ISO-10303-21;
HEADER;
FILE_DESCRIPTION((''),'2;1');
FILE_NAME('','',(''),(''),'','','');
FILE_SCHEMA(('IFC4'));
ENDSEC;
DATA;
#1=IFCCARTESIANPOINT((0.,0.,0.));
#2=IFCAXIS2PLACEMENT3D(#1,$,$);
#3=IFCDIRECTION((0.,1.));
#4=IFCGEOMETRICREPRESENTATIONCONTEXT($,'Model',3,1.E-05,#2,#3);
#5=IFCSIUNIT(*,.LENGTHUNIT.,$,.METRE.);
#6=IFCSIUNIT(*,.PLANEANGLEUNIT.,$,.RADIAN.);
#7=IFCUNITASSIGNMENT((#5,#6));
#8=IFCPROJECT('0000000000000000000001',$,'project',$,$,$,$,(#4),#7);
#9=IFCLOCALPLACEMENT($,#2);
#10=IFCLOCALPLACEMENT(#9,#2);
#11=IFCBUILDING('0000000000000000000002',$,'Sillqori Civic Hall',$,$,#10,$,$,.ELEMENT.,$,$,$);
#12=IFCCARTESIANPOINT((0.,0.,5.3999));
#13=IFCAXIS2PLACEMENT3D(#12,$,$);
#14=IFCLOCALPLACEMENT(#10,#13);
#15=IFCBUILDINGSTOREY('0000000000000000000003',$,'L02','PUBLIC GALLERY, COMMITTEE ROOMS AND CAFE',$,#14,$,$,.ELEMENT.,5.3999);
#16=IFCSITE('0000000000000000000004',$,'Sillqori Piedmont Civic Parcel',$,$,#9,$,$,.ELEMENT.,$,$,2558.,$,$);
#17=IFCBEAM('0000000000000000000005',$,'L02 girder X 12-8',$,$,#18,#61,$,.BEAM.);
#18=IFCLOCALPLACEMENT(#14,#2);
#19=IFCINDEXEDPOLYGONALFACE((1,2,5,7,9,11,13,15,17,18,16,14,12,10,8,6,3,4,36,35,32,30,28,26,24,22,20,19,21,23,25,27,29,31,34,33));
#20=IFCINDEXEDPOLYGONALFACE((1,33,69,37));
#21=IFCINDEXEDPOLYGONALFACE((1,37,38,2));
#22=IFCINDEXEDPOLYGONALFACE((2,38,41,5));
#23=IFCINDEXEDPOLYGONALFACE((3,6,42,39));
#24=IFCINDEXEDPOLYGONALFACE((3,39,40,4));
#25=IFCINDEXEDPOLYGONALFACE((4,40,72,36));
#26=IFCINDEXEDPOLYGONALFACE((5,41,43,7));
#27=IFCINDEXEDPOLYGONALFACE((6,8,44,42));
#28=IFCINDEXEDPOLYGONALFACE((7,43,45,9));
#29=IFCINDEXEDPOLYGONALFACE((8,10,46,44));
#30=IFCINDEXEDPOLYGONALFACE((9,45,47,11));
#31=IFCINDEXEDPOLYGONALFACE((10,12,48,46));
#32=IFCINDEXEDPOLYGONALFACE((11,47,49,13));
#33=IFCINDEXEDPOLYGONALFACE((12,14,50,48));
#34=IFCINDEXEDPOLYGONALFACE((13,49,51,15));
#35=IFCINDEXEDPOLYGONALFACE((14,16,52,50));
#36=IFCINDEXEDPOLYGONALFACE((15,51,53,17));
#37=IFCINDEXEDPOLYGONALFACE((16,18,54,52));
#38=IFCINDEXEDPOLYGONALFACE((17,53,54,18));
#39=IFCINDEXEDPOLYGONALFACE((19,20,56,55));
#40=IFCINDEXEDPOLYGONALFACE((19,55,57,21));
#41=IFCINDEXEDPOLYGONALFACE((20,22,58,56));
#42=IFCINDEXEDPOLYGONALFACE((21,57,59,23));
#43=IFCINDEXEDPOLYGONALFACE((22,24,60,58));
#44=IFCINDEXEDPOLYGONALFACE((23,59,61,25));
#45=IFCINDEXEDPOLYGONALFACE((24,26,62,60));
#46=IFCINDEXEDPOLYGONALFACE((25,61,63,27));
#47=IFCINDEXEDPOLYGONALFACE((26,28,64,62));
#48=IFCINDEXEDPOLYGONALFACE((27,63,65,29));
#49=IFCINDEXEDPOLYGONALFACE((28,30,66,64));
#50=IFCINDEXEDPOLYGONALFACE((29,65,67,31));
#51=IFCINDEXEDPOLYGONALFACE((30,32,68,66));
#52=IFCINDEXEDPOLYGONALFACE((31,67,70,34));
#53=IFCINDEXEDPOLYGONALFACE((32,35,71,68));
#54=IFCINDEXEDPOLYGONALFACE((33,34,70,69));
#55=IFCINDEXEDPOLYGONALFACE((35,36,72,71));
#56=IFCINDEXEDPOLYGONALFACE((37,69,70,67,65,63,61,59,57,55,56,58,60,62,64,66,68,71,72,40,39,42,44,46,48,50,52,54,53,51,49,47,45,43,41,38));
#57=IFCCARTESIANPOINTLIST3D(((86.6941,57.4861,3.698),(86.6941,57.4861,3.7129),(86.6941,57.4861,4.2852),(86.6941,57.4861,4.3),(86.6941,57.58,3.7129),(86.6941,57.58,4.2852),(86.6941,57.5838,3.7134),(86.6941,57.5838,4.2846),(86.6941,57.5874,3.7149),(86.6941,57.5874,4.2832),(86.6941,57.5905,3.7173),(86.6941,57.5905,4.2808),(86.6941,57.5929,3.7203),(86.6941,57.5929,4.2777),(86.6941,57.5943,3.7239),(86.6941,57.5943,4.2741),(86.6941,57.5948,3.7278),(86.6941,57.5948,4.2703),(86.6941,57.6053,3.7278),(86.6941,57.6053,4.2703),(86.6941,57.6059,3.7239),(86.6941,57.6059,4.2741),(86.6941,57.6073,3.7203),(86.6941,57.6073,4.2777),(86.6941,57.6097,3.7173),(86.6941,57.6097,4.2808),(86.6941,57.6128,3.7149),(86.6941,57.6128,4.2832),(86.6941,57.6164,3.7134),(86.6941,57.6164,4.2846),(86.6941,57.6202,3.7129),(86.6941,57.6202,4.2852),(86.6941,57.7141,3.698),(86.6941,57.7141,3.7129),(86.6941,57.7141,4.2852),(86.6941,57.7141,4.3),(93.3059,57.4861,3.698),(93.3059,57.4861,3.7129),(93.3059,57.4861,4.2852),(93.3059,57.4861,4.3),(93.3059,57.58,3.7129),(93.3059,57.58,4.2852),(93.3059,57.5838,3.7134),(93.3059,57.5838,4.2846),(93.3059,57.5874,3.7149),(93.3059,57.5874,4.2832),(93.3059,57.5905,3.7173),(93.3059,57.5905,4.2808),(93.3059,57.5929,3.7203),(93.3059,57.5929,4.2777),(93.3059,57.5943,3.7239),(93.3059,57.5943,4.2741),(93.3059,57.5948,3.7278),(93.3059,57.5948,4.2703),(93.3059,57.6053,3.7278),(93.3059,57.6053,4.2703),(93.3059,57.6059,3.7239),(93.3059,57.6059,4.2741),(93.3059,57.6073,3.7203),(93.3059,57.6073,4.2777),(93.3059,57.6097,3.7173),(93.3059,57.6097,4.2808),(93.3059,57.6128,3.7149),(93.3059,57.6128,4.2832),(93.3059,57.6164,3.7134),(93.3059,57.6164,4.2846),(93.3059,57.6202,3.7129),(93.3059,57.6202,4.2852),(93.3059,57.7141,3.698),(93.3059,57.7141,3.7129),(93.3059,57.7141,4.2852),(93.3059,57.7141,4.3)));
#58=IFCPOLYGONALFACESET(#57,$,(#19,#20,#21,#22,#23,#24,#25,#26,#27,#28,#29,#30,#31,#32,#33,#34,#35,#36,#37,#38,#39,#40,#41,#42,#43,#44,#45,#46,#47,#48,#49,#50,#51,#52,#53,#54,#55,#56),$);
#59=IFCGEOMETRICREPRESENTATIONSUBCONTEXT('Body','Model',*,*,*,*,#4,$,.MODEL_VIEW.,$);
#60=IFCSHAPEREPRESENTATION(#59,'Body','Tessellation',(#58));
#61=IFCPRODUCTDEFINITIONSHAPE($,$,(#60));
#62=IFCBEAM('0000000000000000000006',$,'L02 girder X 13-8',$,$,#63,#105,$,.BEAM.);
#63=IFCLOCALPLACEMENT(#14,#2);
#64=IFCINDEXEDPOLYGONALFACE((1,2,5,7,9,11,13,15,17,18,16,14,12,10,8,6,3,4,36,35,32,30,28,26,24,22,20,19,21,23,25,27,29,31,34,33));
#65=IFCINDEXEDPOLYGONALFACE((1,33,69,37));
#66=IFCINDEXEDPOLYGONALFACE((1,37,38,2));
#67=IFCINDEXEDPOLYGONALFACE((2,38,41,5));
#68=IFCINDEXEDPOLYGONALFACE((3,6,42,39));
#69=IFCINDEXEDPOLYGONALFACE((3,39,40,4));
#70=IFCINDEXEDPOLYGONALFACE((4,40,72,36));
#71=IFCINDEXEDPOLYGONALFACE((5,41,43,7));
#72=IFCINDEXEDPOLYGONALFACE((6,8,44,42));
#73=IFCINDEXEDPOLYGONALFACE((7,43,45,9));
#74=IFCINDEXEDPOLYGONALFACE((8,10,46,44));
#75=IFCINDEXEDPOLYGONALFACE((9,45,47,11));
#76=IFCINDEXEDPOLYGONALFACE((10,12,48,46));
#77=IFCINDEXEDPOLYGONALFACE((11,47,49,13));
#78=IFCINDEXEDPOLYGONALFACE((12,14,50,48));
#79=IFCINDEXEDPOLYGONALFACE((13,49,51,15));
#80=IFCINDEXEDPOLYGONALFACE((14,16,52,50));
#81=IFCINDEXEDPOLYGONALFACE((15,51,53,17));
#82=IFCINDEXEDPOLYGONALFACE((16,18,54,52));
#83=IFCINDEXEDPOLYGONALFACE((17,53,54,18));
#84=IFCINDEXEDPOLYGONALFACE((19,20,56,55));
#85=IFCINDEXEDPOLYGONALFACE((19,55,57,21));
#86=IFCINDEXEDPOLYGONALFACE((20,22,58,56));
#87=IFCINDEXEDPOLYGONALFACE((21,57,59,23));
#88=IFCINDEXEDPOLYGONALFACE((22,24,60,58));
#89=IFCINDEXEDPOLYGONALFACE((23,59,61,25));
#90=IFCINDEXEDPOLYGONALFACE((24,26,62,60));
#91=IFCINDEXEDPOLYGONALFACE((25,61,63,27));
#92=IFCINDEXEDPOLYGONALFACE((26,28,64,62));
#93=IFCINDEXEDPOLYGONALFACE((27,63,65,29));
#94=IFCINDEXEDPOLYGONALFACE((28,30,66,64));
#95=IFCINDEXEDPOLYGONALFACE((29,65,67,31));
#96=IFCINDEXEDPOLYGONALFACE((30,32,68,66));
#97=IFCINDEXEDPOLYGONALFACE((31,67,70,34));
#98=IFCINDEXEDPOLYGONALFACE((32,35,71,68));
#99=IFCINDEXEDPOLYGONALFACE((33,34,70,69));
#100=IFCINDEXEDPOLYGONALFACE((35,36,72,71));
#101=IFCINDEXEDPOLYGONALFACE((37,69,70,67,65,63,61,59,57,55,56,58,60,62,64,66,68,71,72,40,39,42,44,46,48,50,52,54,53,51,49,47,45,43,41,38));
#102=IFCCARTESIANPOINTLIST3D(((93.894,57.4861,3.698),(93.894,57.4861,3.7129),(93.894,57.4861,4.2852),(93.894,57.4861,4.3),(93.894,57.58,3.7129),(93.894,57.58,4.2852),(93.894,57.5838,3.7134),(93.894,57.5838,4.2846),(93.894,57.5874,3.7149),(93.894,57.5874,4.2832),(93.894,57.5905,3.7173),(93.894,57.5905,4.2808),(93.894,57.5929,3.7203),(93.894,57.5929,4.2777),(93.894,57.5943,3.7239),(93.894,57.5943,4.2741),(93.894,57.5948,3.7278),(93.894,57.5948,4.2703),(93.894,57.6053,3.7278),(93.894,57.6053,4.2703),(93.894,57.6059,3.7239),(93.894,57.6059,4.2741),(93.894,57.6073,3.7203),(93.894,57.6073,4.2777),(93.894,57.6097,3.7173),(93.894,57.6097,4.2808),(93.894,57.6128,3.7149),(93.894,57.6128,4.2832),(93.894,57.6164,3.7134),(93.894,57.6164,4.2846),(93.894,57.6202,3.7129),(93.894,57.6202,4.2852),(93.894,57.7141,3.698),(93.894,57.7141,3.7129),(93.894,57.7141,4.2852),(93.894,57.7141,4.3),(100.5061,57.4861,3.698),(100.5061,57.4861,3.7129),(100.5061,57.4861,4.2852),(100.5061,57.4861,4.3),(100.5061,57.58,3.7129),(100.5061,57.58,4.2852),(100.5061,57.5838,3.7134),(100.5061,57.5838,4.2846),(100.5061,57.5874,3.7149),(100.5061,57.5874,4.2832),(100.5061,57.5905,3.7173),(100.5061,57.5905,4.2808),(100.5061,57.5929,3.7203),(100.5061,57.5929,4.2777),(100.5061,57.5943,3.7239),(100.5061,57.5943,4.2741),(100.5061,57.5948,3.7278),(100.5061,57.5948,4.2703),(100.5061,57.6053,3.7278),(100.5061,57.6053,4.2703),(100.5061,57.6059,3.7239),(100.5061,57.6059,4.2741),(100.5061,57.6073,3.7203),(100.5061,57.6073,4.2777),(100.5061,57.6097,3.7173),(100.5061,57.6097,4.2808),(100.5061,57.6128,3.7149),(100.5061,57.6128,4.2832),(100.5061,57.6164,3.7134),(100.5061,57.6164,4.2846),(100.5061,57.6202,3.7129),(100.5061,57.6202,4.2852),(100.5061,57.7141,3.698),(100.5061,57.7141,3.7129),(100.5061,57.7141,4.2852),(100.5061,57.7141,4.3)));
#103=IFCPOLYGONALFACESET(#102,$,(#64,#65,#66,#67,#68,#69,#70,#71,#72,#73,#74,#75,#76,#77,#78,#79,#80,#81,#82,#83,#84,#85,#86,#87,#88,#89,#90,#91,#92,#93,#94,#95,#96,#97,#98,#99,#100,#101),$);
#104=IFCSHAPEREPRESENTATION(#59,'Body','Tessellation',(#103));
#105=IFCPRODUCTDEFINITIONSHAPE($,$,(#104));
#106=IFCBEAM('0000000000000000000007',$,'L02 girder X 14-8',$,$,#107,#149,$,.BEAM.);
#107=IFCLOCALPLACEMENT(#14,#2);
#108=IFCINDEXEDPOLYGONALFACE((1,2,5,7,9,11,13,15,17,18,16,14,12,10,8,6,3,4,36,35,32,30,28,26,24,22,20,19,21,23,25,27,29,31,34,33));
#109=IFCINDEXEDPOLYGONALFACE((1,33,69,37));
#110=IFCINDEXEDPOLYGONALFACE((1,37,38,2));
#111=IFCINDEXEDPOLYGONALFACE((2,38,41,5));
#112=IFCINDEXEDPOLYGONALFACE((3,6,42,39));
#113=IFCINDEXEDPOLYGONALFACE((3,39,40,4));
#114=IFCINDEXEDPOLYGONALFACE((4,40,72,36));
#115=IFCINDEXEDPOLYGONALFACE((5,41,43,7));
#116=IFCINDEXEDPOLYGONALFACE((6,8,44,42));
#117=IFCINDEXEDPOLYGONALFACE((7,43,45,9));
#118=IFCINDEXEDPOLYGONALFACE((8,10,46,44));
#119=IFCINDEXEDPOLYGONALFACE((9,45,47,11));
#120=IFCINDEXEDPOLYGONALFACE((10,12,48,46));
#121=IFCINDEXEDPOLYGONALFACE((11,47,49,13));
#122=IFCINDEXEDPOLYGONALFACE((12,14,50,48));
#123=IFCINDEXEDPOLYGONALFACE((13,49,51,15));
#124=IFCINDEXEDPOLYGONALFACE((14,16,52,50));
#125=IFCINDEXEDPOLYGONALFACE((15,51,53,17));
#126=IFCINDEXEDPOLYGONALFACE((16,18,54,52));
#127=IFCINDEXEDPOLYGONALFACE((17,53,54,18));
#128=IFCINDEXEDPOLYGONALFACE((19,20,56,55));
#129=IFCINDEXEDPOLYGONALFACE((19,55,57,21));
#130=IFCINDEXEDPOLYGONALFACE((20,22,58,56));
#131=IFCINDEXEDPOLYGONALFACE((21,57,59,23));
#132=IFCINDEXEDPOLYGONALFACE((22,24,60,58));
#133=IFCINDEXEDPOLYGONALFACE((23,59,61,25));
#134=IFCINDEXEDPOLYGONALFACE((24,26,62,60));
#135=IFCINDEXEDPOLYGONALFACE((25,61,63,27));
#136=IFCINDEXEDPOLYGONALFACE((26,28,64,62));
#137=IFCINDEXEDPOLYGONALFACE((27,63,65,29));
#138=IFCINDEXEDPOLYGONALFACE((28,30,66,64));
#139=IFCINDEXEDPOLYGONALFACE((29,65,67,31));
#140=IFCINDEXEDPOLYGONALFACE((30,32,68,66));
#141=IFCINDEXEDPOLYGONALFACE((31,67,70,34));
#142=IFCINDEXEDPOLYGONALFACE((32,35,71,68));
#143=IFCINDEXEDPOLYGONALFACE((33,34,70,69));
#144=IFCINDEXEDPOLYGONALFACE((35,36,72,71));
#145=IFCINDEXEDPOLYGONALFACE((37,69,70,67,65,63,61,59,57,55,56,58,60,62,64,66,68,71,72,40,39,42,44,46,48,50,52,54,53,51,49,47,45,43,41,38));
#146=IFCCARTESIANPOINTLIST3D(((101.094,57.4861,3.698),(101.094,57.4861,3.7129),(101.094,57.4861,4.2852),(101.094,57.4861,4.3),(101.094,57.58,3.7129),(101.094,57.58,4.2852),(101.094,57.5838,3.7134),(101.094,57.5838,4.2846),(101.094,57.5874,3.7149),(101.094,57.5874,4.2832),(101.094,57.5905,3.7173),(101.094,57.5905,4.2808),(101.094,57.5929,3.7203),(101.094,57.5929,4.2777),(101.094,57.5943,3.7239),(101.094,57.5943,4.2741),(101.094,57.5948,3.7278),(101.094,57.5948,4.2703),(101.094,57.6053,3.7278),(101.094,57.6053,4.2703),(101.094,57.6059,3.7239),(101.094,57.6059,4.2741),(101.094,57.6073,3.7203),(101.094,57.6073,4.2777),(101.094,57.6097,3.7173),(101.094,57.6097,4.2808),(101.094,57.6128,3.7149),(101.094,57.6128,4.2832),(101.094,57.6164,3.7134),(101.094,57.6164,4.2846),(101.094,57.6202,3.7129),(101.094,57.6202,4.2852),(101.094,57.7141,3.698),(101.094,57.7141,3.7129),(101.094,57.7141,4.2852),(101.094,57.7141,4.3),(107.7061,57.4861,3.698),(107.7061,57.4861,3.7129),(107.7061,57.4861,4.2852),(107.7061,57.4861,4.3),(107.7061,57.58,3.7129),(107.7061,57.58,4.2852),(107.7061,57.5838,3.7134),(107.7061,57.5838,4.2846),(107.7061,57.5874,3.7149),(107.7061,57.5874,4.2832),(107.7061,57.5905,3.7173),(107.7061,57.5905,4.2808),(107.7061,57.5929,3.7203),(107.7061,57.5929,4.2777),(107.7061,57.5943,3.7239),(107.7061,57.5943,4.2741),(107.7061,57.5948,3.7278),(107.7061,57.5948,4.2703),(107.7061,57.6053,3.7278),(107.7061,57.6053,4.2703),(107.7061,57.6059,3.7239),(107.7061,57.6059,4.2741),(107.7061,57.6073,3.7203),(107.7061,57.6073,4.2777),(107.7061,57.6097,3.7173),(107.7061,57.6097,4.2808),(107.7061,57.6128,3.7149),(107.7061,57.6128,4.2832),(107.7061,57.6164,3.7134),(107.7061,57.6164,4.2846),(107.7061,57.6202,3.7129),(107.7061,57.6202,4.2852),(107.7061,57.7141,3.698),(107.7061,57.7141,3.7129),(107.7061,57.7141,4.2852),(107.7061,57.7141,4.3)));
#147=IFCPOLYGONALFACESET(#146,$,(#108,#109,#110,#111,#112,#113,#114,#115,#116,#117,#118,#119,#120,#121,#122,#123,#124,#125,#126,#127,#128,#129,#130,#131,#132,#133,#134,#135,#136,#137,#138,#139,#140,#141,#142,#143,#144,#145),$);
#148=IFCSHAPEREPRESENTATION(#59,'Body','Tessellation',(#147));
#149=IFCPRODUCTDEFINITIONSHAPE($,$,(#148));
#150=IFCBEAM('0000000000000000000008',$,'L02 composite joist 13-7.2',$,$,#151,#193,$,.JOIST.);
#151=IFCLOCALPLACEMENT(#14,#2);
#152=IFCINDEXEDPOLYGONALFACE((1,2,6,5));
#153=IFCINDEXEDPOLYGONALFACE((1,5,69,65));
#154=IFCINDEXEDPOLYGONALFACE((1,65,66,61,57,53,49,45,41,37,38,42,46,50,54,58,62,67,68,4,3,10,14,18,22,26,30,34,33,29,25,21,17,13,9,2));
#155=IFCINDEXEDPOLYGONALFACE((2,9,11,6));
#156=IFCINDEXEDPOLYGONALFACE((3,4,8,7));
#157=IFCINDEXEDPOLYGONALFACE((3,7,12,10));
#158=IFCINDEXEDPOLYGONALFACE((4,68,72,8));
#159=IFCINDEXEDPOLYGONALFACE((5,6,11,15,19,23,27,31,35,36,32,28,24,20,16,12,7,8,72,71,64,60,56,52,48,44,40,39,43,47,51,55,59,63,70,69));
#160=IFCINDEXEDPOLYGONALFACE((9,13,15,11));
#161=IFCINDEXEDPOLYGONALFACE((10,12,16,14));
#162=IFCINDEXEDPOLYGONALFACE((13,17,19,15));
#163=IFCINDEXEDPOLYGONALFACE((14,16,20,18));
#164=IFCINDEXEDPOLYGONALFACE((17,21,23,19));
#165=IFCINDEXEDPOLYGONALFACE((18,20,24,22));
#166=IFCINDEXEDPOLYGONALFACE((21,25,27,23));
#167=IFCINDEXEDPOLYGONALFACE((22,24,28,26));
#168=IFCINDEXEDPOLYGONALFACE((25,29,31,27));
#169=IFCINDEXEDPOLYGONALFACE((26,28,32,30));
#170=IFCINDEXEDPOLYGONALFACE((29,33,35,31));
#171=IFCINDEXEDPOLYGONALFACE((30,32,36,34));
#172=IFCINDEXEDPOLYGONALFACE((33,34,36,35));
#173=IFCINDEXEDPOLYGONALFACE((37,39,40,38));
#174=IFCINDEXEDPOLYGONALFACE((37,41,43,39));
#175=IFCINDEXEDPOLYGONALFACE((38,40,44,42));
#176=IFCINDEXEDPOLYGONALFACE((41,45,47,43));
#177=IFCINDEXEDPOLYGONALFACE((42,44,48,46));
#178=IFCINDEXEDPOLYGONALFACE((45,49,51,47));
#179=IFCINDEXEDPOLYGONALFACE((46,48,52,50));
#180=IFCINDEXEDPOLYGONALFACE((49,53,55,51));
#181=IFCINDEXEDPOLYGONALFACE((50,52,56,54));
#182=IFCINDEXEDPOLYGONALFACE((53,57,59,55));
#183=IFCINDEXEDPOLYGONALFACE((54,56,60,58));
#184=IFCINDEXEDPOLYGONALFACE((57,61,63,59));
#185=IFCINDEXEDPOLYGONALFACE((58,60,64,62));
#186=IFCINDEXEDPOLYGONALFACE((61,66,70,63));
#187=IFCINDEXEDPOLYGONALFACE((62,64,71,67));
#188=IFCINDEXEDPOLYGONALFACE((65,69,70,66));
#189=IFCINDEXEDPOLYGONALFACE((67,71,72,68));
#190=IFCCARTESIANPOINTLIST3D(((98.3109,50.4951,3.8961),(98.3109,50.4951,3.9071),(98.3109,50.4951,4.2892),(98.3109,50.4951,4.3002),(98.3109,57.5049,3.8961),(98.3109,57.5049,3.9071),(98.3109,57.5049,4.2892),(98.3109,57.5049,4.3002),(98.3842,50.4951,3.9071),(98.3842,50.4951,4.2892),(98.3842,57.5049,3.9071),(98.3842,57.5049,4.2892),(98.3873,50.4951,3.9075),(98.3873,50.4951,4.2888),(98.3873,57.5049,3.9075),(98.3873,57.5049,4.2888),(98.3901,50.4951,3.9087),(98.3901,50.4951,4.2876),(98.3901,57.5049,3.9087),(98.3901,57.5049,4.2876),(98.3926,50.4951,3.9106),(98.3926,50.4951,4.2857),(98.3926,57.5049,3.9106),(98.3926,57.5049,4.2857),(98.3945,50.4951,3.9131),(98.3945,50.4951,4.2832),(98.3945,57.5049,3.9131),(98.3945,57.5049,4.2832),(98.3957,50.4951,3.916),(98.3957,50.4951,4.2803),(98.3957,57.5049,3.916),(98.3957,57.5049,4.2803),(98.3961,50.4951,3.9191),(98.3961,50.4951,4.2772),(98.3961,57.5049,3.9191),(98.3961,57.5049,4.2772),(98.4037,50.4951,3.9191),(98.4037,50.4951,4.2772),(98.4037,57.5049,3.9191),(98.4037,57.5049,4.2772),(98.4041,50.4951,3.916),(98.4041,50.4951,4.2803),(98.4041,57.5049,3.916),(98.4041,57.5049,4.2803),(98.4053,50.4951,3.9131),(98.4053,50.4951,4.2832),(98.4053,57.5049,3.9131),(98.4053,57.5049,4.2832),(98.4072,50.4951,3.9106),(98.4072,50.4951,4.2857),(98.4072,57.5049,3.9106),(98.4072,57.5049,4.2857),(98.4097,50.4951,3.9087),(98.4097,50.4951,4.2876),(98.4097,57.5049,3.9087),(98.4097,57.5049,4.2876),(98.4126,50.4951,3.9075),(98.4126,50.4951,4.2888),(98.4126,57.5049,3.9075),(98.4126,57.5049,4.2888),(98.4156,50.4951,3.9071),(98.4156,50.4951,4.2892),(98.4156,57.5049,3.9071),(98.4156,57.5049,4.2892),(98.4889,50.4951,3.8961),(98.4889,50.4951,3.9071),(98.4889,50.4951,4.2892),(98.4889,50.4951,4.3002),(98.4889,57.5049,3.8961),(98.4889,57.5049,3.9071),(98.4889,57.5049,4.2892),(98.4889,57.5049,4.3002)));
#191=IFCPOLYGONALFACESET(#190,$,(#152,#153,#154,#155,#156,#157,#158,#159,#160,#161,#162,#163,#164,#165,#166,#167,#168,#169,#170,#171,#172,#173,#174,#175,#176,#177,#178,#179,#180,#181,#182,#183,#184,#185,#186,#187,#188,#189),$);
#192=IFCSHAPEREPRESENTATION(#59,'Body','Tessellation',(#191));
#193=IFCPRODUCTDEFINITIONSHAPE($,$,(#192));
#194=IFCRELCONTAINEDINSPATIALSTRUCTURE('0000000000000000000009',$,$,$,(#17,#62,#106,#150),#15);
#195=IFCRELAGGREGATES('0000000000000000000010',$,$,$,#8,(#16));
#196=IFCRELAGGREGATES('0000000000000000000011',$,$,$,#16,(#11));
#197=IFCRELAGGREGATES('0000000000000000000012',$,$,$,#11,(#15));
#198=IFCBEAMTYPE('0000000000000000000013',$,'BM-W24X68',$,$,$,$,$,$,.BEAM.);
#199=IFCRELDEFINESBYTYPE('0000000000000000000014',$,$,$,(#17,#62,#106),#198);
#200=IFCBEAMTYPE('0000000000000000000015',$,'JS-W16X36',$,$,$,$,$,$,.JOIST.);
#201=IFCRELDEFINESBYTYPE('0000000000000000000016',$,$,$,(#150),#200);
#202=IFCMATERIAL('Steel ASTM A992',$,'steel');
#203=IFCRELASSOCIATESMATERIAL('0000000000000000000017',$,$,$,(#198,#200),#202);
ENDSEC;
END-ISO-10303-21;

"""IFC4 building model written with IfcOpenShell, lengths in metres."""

from ifc_helpers import new_model, si_unit, direction, frame, origin, origin_2d, place, context, subcontext, project, spatial, i_section, extrude, material, material_profile, profile_set, type_object, element, save


model = new_model("IFC4")

# Units and contexts
model_context = context("Model", 3, precision=1e-05, world=origin(), true_north=direction((0.0, 1.0)))
body_context = subcontext(model_context, "Body", "Model", "MODEL_VIEW")
ifc_project = project(units=[si_unit("LENGTHUNIT", "METRE"), si_unit("PLANEANGLEUNIT", "RADIAN")], contexts=[model_context])

# Site, building, storey
site_placement = place(None, origin())
site = spatial("IfcSite", under=ifc_project, at=site_placement, Name="Sillqori Piedmont Civic Parcel", CompositionType="ELEMENT", RefElevation=2558.0)
building_placement = place(site_placement, origin())
building = spatial("IfcBuilding", under=site, at=building_placement, Name="Sillqori Civic Hall", CompositionType="ELEMENT")
storey_placement = place(building_placement, frame((0.0, 0.0, 5.3999)))
storey = spatial("IfcBuildingStorey", under=building, at=storey_placement, Name="L02", Description="PUBLIC GALLERY, COMMITTEE ROOMS AND CAFE", CompositionType="ELEMENT", Elevation=5.3999)

# Beams
ifc_material_1 = material(Name="Steel ASTM A992", Category="steel")
ifc_material_profile_1 = material_profile(ifc_material_1, i_section(OverallWidth=0.228, OverallDepth=0.6021, WebThickness=0.0105, FlangeThickness=0.0149, FilletRadius=0.0149, at=origin_2d()), Name="W24X68")
ifc_profile_set_1 = profile_set([ifc_material_profile_1], Name="Steel ASTM A992")
beam_type_1 = type_object("IfcBeamType", Name="BM-W24X68", PredefinedType="BEAM", material=ifc_profile_set_1)
beam_1_placement = place(storey_placement, frame((86.6941, 57.6001, 3.999), z_axis=(1.0, 0.0, 0.0), x_axis=(0.0, 1.0, 0.0)))
element("IfcBeam", 1, at=beam_1_placement, inside=storey, type_object=beam_type_1, Name="L02 girder X 12-8", PredefinedType="BEAM", context=body_context, shape_type="SweptSolid", body=[
    extrude(i_section(OverallWidth=0.228, OverallDepth=0.6021, WebThickness=0.0105, FlangeThickness=0.0149, FilletRadius=0.0149, at=origin_2d()), origin(), (0.0, 0.0, 1.0), 6.6118),
])
for number, where, z_axis, x_axis, name in (
    (2, (93.894, 57.6001, 3.999), (1.0, 0.0, 0.0), (0.0, 1.0, 0.0), "L02 girder X 13-8"),
    (3, (101.094, 57.6001, 3.999), (1.0, 0.0, 0.0), (0.0, 1.0, 0.0), "L02 girder X 14-8"),
):
    element("IfcBeam", number, at=place(storey_placement, frame(where, z_axis=z_axis, x_axis=x_axis)), inside=storey, type_object=beam_type_1, Name=name, PredefinedType="BEAM", context=body_context, shape_type="SweptSolid", body=[
        extrude(i_section(OverallWidth=0.228, OverallDepth=0.6021, WebThickness=0.0105, FlangeThickness=0.0149, FilletRadius=0.0149, at=origin_2d()), origin(), (0.0, 0.0, 1.0), 6.6121),
    ])
ifc_material_profile_2 = material_profile(ifc_material_1, i_section(OverallWidth=0.178, OverallDepth=0.4041, WebThickness=0.0076, FlangeThickness=0.011, FilletRadius=0.012, at=origin_2d()), Name="W16X36")
ifc_profile_set_2 = profile_set([ifc_material_profile_2], Name="Steel ASTM A992")
beam_type_2 = type_object("IfcBeamType", Name="JS-W16X36", PredefinedType="JOIST", material=ifc_profile_set_2)
beam_2_placement = place(storey_placement, frame((98.3999, 50.4951, 4.0981), z_axis=(0.0, 1.0, 0.0), x_axis=(-1.0, 0.0, 0.0)))
element("IfcBeam", 4, at=beam_2_placement, inside=storey, type_object=beam_type_2, Name="L02 composite joist 13-7.2", PredefinedType="JOIST", context=body_context, shape_type="SweptSolid", body=[
    extrude(i_section(OverallWidth=0.178, OverallDepth=0.4041, WebThickness=0.0076, FlangeThickness=0.011, FilletRadius=0.012, at=origin_2d()), origin(), (0.0, 0.0, 1.0), 7.0098),
])

save(model, "model.ifc")
